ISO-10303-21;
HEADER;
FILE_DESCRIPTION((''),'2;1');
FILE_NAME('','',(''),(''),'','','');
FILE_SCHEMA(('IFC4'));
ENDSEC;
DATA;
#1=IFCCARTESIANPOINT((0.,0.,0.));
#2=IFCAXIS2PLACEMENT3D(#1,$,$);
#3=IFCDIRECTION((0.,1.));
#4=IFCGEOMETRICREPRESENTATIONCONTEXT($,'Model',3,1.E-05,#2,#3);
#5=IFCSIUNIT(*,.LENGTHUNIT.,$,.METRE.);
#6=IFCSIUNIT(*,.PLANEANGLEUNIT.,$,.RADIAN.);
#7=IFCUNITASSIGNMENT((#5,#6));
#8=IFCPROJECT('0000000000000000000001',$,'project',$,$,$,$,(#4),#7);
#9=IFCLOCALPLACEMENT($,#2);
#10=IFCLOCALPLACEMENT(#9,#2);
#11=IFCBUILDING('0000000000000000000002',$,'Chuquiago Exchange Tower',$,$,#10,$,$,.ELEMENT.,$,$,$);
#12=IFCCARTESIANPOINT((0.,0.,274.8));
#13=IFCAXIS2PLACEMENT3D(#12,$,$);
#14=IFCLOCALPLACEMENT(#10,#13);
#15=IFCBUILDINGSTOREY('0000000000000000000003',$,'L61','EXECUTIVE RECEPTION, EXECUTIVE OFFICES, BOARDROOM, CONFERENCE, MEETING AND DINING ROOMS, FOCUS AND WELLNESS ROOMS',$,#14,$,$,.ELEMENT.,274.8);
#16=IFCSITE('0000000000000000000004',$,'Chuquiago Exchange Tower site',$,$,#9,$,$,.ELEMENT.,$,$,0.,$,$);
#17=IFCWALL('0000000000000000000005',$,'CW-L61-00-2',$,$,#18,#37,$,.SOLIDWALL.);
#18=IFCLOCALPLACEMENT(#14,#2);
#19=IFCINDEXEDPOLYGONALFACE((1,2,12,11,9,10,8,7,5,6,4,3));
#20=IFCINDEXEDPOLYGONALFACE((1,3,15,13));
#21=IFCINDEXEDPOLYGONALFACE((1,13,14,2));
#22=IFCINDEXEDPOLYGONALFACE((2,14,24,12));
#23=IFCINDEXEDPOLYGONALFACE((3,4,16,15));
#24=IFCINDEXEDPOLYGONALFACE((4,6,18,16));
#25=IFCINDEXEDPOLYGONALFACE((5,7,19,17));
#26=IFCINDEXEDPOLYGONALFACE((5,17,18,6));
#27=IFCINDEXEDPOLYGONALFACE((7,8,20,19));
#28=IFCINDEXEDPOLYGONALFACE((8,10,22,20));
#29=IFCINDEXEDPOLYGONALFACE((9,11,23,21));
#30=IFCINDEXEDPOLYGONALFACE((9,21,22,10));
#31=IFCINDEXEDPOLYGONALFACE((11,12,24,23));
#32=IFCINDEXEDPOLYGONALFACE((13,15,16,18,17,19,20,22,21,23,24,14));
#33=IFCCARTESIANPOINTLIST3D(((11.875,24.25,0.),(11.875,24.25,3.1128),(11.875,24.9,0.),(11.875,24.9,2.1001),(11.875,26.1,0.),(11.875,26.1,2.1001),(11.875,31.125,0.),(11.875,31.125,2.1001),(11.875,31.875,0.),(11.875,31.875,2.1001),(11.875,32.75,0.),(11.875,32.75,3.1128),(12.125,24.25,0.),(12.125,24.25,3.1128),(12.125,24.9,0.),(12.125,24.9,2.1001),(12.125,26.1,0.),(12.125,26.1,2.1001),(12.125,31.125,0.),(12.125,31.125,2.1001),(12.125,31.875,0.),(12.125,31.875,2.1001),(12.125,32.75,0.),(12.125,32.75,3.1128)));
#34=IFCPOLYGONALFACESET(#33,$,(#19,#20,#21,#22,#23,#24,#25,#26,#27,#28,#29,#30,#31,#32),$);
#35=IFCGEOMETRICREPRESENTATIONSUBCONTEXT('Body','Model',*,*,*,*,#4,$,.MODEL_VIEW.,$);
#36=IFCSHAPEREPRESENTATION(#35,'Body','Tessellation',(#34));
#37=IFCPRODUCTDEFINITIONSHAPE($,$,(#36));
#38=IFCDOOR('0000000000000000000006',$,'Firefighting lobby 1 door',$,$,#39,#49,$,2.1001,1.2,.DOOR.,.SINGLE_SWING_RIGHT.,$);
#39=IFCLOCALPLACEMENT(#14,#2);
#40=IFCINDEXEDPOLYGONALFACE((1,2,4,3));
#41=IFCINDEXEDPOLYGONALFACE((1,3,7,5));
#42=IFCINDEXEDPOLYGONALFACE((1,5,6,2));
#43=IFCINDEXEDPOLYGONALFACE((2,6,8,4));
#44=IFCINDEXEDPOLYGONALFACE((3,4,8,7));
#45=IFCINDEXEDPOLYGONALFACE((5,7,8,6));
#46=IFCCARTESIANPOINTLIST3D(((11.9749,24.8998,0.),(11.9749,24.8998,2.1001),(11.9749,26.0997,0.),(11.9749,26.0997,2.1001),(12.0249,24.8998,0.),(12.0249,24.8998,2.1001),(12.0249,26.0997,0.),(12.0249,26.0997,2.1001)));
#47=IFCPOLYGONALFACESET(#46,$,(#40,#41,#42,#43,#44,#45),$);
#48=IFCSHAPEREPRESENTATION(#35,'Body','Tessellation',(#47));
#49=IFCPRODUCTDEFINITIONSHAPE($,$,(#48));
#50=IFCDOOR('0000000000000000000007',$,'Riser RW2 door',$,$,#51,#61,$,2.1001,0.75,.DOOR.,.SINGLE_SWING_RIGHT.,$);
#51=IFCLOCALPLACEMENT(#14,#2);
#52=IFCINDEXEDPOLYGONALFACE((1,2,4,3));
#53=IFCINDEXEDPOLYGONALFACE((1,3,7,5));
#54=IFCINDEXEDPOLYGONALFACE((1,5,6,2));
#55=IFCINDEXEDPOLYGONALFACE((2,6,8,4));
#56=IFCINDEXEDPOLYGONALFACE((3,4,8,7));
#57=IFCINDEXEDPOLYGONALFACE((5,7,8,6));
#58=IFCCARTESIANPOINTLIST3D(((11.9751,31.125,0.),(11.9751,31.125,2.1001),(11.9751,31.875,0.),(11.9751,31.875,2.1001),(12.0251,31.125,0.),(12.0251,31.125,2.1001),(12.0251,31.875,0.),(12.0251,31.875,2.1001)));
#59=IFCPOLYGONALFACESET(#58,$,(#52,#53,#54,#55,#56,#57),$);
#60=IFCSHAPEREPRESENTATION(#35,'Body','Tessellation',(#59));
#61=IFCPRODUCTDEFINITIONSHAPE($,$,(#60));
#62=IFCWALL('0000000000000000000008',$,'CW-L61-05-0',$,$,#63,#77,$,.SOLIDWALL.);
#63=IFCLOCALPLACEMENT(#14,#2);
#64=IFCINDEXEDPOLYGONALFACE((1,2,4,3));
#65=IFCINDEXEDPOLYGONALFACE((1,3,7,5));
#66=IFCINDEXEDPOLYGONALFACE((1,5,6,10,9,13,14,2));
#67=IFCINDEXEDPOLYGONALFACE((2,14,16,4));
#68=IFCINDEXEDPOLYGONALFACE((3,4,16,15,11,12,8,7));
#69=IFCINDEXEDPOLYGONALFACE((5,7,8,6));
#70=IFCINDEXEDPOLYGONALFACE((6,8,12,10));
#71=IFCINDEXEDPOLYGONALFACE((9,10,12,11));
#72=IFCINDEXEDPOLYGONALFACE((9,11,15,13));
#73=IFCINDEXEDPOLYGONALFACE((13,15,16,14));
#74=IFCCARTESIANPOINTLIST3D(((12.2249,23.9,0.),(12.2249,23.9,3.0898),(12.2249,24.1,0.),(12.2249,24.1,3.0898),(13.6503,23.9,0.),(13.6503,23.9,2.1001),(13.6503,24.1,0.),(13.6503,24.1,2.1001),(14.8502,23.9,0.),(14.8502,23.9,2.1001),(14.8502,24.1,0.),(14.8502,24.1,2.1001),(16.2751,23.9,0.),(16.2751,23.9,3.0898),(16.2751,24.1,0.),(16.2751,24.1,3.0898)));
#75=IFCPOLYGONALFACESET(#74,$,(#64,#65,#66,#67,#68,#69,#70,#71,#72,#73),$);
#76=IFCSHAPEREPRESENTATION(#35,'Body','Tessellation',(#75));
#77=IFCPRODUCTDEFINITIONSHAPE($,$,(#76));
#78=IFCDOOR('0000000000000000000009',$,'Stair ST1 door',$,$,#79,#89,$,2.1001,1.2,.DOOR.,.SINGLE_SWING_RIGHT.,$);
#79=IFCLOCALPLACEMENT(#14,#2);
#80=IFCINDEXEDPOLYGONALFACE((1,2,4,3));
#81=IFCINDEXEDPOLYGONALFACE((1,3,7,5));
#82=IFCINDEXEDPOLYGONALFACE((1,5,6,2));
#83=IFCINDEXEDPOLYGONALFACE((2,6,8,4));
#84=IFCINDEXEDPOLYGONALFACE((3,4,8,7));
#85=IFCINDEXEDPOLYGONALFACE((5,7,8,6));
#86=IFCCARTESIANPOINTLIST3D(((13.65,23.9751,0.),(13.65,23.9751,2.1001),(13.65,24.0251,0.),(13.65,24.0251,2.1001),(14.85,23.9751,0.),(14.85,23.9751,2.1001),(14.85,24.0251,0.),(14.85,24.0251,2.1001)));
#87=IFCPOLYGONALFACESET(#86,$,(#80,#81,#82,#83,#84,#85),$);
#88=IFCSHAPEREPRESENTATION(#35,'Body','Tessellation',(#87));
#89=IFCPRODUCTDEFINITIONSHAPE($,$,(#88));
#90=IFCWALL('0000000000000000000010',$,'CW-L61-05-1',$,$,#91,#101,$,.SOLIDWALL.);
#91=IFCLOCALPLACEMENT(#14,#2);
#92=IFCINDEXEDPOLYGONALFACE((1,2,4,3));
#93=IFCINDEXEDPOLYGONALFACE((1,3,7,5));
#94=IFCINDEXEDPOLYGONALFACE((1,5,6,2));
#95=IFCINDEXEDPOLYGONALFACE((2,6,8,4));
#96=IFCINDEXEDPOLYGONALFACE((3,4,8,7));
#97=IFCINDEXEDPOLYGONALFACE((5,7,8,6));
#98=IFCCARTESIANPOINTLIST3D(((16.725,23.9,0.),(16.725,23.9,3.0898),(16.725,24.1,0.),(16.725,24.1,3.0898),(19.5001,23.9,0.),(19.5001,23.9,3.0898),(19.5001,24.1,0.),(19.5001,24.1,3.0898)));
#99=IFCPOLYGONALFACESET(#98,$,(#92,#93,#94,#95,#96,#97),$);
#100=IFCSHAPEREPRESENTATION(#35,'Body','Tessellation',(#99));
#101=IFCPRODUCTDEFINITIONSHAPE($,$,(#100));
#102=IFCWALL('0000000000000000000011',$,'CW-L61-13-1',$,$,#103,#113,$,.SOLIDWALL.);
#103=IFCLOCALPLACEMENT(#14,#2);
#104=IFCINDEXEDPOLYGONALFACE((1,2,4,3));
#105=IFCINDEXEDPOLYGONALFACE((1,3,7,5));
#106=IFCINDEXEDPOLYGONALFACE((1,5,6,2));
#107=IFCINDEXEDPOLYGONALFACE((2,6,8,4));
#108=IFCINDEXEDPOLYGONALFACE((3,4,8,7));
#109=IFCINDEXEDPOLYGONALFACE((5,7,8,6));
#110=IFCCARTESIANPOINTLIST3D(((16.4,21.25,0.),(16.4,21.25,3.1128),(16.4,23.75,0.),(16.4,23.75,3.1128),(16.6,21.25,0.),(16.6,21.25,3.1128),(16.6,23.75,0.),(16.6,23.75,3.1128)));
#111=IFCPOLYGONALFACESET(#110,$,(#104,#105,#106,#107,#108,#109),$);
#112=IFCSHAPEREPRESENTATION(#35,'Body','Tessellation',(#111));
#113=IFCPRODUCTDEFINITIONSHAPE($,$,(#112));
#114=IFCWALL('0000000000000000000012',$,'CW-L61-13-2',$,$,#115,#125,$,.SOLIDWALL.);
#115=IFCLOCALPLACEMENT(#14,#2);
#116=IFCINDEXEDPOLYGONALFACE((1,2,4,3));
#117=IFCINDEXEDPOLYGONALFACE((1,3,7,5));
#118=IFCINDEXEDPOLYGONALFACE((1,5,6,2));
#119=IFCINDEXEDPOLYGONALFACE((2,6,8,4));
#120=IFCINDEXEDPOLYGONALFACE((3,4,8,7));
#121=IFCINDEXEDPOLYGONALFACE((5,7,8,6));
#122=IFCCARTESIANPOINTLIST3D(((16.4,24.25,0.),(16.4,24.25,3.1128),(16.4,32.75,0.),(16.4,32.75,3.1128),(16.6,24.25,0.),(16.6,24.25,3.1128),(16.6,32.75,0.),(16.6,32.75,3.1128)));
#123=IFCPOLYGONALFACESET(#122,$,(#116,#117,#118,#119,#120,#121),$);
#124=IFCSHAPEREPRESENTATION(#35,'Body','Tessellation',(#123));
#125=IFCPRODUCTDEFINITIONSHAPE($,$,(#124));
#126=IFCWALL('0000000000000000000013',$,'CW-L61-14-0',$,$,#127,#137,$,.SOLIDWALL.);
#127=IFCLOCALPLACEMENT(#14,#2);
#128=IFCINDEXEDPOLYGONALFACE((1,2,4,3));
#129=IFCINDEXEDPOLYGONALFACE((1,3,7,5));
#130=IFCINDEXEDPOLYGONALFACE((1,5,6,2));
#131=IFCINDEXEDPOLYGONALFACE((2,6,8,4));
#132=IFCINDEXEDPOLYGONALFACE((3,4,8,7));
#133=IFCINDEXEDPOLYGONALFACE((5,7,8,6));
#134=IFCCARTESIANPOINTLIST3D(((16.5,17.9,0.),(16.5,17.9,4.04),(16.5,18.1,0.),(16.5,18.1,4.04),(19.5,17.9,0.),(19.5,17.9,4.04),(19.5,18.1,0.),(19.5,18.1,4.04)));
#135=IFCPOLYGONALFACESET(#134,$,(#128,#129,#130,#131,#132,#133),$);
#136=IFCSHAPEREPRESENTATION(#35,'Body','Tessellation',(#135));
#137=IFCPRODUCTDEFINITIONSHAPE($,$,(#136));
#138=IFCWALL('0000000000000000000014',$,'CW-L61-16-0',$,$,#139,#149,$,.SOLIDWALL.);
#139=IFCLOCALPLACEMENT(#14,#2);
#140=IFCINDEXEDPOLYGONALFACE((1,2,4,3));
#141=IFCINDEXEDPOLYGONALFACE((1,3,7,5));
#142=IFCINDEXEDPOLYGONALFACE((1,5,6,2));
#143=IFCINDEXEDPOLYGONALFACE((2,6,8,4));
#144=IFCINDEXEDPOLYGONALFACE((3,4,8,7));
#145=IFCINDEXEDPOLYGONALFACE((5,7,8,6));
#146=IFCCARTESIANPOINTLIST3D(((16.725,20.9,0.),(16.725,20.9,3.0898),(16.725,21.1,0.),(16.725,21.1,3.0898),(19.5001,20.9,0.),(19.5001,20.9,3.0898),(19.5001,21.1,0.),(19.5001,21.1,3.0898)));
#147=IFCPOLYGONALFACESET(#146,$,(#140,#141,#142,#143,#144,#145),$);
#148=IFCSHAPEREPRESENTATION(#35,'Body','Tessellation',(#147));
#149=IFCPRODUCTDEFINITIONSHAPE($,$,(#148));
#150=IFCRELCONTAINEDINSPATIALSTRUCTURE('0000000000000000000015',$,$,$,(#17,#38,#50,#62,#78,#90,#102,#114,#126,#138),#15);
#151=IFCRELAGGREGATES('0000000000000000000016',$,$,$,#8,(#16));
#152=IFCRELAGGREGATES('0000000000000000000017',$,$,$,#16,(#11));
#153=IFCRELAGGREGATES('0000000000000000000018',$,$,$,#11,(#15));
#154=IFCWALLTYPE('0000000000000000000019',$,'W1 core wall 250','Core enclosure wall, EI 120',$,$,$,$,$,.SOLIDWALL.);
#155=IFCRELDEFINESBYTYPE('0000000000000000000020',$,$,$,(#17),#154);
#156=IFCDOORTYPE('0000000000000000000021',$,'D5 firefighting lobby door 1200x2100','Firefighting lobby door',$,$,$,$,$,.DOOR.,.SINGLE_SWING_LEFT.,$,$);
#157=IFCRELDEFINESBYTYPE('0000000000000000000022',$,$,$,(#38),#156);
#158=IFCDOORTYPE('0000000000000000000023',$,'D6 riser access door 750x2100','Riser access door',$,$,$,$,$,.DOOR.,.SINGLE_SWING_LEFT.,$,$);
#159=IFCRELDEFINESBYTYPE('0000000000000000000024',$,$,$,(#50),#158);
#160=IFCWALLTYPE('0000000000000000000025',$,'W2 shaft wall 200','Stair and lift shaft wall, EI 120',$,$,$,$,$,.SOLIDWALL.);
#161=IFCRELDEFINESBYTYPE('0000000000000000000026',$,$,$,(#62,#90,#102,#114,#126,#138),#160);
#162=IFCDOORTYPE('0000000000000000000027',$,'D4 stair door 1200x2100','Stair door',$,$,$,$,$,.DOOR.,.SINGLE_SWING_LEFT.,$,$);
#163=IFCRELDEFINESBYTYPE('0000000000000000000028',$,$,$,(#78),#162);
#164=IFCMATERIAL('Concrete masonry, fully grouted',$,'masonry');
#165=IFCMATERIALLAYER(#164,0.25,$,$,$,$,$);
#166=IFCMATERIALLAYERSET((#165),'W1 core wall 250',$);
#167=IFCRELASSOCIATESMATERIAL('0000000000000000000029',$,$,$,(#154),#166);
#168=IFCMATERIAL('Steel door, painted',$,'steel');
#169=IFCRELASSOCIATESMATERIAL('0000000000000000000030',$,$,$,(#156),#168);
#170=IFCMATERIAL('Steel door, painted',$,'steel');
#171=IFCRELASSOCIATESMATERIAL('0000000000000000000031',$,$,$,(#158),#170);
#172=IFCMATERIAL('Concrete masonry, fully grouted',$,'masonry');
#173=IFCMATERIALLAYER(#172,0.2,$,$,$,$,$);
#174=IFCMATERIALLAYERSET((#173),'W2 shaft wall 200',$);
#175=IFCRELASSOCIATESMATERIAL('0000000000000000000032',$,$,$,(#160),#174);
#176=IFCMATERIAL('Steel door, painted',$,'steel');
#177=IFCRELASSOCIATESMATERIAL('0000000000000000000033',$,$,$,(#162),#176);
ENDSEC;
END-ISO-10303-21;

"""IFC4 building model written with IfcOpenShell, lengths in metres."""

from ifc_helpers import new_model, si_unit, direction, frame, frame_2d, origin, place, context, subcontext, project, spatial, rectangle, extrude, material, layer, layer_set, type_object, element, fill, save


model = new_model("IFC4")

# Units and contexts
model_context = context("Model", 3, precision=1e-05, world=origin(), true_north=direction((0.0, 1.0)))
body_context = subcontext(model_context, "Body", "Model", "MODEL_VIEW")
ifc_project = project(units=[si_unit("LENGTHUNIT", "METRE"), si_unit("PLANEANGLEUNIT", "RADIAN")], contexts=[model_context])

# Site, building, storey
site_placement = place(None, origin())
site = spatial("IfcSite", under=ifc_project, at=site_placement, Name="Chuquiago Exchange Tower site", CompositionType="ELEMENT", RefElevation=0.0)
building_placement = place(site_placement, origin())
building = spatial("IfcBuilding", under=site, at=building_placement, Name="Chuquiago Exchange Tower", CompositionType="ELEMENT")
storey_placement = place(building_placement, frame((0.0, 0.0, 274.8)))
storey = spatial("IfcBuildingStorey", under=building, at=storey_placement, Name="L61", Description="EXECUTIVE RECEPTION, EXECUTIVE OFFICES, BOARDROOM, CONFERENCE, MEETING AND DINING ROOMS, FOCUS AND WELLNESS ROOMS", CompositionType="ELEMENT", Elevation=274.8)

# Shared definitions
ifc_material_1 = material(Name="Concrete masonry, fully grouted", Category="masonry")
ifc_layer_1 = layer(ifc_material_1, 0.25)
ifc_layer_set_1 = layer_set([ifc_layer_1], Name="W1 core wall 250")
wall_type_1 = type_object("IfcWallType", Name="W1 core wall 250", Description="Core enclosure wall, EI 120", PredefinedType="SOLIDWALL", material=ifc_layer_set_1)

# Wall, openings, doors
wall_1_placement = place(storey_placement, frame((12.0, 24.25, 0.0), z_axis=(0.0, 0.0, 1.0), x_axis=(0.0, 1.0, 0.0)))
wall_1 = element("IfcWall", 1, at=wall_1_placement, inside=storey, type_object=wall_type_1, Name="CW-L61-00-2", PredefinedType="SOLIDWALL", context=body_context, shape_type="SweptSolid", body=[
    extrude(rectangle(XDim=8.5, YDim=0.25, at=frame_2d((4.25, 0.0))), origin(), (0.0, 0.0, 1.0), 3.1128),
])
opening_1_placement = place(wall_1_placement, frame((0.6499, 0.0, 0.0)))
opening_1 = element("IfcOpeningElement", 2, at=opening_1_placement, cuts=wall_1, PredefinedType="OPENING", context=body_context, shape_type="SweptSolid", body=[
    extrude(rectangle(XDim=1.2, YDim=2.1001, at=frame_2d((0.6001, 1.05))), frame((0.0, 0.135, 0.0), z_axis=(0.0, -1.0, 0.0), x_axis=(1.0, 0.0, 0.0)), (0.0, 0.0, 1.0), 0.27),
])
opening_2_placement = place(wall_1_placement, frame((6.875, 0.0, 0.0)))
opening_2 = element("IfcOpeningElement", 3, at=opening_2_placement, cuts=wall_1, PredefinedType="OPENING", context=body_context, shape_type="SweptSolid", body=[
    extrude(rectangle(XDim=0.75, YDim=2.1001, at=frame_2d((0.375, 1.05))), frame((0.0, 0.135, 0.0), z_axis=(0.0, -1.0, 0.0), x_axis=(1.0, 0.0, 0.0)), (0.0, 0.0, 1.0), 0.27),
])
ifc_material_2 = material(Name="Steel door, painted", Category="steel")
door_type_1 = type_object("IfcDoorType", Name="D5 firefighting lobby door 1200x2100", Description="Firefighting lobby door", OperationType="SINGLE_SWING_LEFT", PredefinedType="DOOR", material=ifc_material_2)
door_1_placement = place(opening_1_placement, frame((1.2, 0.0, 0.0), z_axis=(0.0, 0.0, 1.0), x_axis=(-1.0, 0.0, 0.0)))
door_1 = element("IfcDoor", 4, at=door_1_placement, inside=storey, type_object=door_type_1, Name="Firefighting lobby 1 door", OperationType="SINGLE_SWING_RIGHT", OverallHeight=2.1001, OverallWidth=1.2, PredefinedType="DOOR", context=body_context, shape_type="SweptSolid", body=[
    extrude(rectangle(XDim=1.2, YDim=2.1001, at=frame_2d((0.6001, 1.05))), frame((0.0, 0.0249, 0.0), z_axis=(0.0, -1.0, 0.0), x_axis=(1.0, 0.0, 0.0)), (0.0, 0.0, 1.0), 0.05),
])
fill(opening_1, door_1)
ifc_material_3 = material(Name="Steel door, painted", Category="steel")
door_type_2 = type_object("IfcDoorType", Name="D6 riser access door 750x2100", Description="Riser access door", OperationType="SINGLE_SWING_LEFT", PredefinedType="DOOR", material=ifc_material_3)
door_2_placement = place(opening_2_placement, origin())
door_2 = element("IfcDoor", 5, at=door_2_placement, inside=storey, type_object=door_type_2, Name="Riser RW2 door", OperationType="SINGLE_SWING_RIGHT", OverallHeight=2.1001, OverallWidth=0.75, PredefinedType="DOOR", context=body_context, shape_type="SweptSolid", body=[
    extrude(rectangle(XDim=0.75, YDim=2.1001, at=frame_2d((0.375, 1.05))), frame((0.0, 0.0249, 0.0), z_axis=(0.0, -1.0, 0.0), x_axis=(1.0, 0.0, 0.0)), (0.0, 0.0, 1.0), 0.05),
])
fill(opening_2, door_2)

# Wall, opening, door
ifc_material_4 = material(Name="Concrete masonry, fully grouted", Category="masonry")
ifc_layer_2 = layer(ifc_material_4, 0.2)
ifc_layer_set_2 = layer_set([ifc_layer_2], Name="W2 shaft wall 200")
wall_type_2 = type_object("IfcWallType", Name="W2 shaft wall 200", Description="Stair and lift shaft wall, EI 120", PredefinedType="SOLIDWALL", material=ifc_layer_set_2)
wall_2_placement = place(storey_placement, frame((12.2249, 24.0, 0.0), z_axis=(0.0, 0.0, 1.0), x_axis=(1.0, 0.0, 0.0)))
wall_2 = element("IfcWall", 6, at=wall_2_placement, inside=storey, type_object=wall_type_2, Name="CW-L61-05-0", PredefinedType="SOLIDWALL", context=body_context, shape_type="SweptSolid", body=[
    extrude(rectangle(XDim=4.0503, YDim=0.2, at=frame_2d((2.0251, 0.0))), origin(), (0.0, 0.0, 1.0), 3.0898),
])
opening_3_placement = place(wall_2_placement, frame((1.4253, 0.0, 0.0)))
opening_3 = element("IfcOpeningElement", 7, at=opening_3_placement, cuts=wall_2, PredefinedType="OPENING", context=body_context, shape_type="SweptSolid", body=[
    extrude(rectangle(XDim=1.2, YDim=2.1001, at=frame_2d((0.6001, 1.05))), frame((0.0, 0.1099, 0.0), z_axis=(0.0, -1.0, 0.0), x_axis=(1.0, 0.0, 0.0)), (0.0, 0.0, 1.0), 0.22),
])
ifc_material_5 = material(Name="Steel door, painted", Category="steel")
door_type_3 = type_object("IfcDoorType", Name="D4 stair door 1200x2100", Description="Stair door", OperationType="SINGLE_SWING_LEFT", PredefinedType="DOOR", material=ifc_material_5)
door_3_placement = place(opening_3_placement, frame((1.2, 0.0, 0.0), z_axis=(0.0, 0.0, 1.0), x_axis=(-1.0, 0.0, 0.0)))
door_3 = element("IfcDoor", 8, at=door_3_placement, inside=storey, type_object=door_type_3, Name="Stair ST1 door", OperationType="SINGLE_SWING_RIGHT", OverallHeight=2.1001, OverallWidth=1.2, PredefinedType="DOOR", context=body_context, shape_type="SweptSolid", body=[
    extrude(rectangle(XDim=1.2, YDim=2.1001, at=frame_2d((0.6001, 1.05))), frame((0.0, 0.0249, 0.0), z_axis=(0.0, -1.0, 0.0), x_axis=(1.0, 0.0, 0.0)), (0.0, 0.0, 1.0), 0.05),
])
fill(opening_3, door_3)

# Walls
wall_3_placement = place(storey_placement, frame((16.7249, 24.0, 0.0), z_axis=(0.0, 0.0, 1.0), x_axis=(1.0, 0.0, 0.0)))
element("IfcWall", 9, at=wall_3_placement, inside=storey, type_object=wall_type_2, Name="CW-L61-05-1", PredefinedType="SOLIDWALL", context=body_context, shape_type="SweptSolid", body=[
    extrude(rectangle(XDim=2.7751, YDim=0.2, at=frame_2d((1.3877, 0.0))), origin(), (0.0, 0.0, 1.0), 3.0898),
])
wall_4_placement = place(storey_placement, frame((16.5, 21.25, 0.0), z_axis=(0.0, 0.0, 1.0), x_axis=(0.0, 1.0, 0.0)))
element("IfcWall", 10, at=wall_4_placement, inside=storey, type_object=wall_type_2, Name="CW-L61-13-1", PredefinedType="SOLIDWALL", context=body_context, shape_type="SweptSolid", body=[
    extrude(rectangle(XDim=2.5, YDim=0.2, at=frame_2d((1.25, 0.0))), origin(), (0.0, 0.0, 1.0), 3.1128),
])
wall_5_placement = place(storey_placement, frame((16.5, 24.25, 0.0), z_axis=(0.0, 0.0, 1.0), x_axis=(0.0, 1.0, 0.0)))
element("IfcWall", 11, at=wall_5_placement, inside=storey, type_object=wall_type_2, Name="CW-L61-13-2", PredefinedType="SOLIDWALL", context=body_context, shape_type="SweptSolid", body=[
    extrude(rectangle(XDim=8.5, YDim=0.2, at=frame_2d((4.25, 0.0))), origin(), (0.0, 0.0, 1.0), 3.1128),
])
wall_6_placement = place(storey_placement, frame((16.5, 18.0, 0.0), z_axis=(0.0, 0.0, 1.0), x_axis=(1.0, 0.0, 0.0)))
element("IfcWall", 12, at=wall_6_placement, inside=storey, type_object=wall_type_2, Name="CW-L61-14-0", PredefinedType="SOLIDWALL", context=body_context, shape_type="SweptSolid", body=[
    extrude(rectangle(XDim=3.0, YDim=0.2, at=frame_2d((1.5, 0.0))), origin(), (0.0, 0.0, 1.0), 4.04),
])
wall_7_placement = place(storey_placement, frame((16.7249, 21.0, 0.0), z_axis=(0.0, 0.0, 1.0), x_axis=(1.0, 0.0, 0.0)))
element("IfcWall", 13, at=wall_7_placement, inside=storey, type_object=wall_type_2, Name="CW-L61-16-0", PredefinedType="SOLIDWALL", context=body_context, shape_type="SweptSolid", body=[
    extrude(rectangle(XDim=2.7751, YDim=0.2, at=frame_2d((1.3877, 0.0))), origin(), (0.0, 0.0, 1.0), 3.0898),
])

save(model, "model.ifc")
